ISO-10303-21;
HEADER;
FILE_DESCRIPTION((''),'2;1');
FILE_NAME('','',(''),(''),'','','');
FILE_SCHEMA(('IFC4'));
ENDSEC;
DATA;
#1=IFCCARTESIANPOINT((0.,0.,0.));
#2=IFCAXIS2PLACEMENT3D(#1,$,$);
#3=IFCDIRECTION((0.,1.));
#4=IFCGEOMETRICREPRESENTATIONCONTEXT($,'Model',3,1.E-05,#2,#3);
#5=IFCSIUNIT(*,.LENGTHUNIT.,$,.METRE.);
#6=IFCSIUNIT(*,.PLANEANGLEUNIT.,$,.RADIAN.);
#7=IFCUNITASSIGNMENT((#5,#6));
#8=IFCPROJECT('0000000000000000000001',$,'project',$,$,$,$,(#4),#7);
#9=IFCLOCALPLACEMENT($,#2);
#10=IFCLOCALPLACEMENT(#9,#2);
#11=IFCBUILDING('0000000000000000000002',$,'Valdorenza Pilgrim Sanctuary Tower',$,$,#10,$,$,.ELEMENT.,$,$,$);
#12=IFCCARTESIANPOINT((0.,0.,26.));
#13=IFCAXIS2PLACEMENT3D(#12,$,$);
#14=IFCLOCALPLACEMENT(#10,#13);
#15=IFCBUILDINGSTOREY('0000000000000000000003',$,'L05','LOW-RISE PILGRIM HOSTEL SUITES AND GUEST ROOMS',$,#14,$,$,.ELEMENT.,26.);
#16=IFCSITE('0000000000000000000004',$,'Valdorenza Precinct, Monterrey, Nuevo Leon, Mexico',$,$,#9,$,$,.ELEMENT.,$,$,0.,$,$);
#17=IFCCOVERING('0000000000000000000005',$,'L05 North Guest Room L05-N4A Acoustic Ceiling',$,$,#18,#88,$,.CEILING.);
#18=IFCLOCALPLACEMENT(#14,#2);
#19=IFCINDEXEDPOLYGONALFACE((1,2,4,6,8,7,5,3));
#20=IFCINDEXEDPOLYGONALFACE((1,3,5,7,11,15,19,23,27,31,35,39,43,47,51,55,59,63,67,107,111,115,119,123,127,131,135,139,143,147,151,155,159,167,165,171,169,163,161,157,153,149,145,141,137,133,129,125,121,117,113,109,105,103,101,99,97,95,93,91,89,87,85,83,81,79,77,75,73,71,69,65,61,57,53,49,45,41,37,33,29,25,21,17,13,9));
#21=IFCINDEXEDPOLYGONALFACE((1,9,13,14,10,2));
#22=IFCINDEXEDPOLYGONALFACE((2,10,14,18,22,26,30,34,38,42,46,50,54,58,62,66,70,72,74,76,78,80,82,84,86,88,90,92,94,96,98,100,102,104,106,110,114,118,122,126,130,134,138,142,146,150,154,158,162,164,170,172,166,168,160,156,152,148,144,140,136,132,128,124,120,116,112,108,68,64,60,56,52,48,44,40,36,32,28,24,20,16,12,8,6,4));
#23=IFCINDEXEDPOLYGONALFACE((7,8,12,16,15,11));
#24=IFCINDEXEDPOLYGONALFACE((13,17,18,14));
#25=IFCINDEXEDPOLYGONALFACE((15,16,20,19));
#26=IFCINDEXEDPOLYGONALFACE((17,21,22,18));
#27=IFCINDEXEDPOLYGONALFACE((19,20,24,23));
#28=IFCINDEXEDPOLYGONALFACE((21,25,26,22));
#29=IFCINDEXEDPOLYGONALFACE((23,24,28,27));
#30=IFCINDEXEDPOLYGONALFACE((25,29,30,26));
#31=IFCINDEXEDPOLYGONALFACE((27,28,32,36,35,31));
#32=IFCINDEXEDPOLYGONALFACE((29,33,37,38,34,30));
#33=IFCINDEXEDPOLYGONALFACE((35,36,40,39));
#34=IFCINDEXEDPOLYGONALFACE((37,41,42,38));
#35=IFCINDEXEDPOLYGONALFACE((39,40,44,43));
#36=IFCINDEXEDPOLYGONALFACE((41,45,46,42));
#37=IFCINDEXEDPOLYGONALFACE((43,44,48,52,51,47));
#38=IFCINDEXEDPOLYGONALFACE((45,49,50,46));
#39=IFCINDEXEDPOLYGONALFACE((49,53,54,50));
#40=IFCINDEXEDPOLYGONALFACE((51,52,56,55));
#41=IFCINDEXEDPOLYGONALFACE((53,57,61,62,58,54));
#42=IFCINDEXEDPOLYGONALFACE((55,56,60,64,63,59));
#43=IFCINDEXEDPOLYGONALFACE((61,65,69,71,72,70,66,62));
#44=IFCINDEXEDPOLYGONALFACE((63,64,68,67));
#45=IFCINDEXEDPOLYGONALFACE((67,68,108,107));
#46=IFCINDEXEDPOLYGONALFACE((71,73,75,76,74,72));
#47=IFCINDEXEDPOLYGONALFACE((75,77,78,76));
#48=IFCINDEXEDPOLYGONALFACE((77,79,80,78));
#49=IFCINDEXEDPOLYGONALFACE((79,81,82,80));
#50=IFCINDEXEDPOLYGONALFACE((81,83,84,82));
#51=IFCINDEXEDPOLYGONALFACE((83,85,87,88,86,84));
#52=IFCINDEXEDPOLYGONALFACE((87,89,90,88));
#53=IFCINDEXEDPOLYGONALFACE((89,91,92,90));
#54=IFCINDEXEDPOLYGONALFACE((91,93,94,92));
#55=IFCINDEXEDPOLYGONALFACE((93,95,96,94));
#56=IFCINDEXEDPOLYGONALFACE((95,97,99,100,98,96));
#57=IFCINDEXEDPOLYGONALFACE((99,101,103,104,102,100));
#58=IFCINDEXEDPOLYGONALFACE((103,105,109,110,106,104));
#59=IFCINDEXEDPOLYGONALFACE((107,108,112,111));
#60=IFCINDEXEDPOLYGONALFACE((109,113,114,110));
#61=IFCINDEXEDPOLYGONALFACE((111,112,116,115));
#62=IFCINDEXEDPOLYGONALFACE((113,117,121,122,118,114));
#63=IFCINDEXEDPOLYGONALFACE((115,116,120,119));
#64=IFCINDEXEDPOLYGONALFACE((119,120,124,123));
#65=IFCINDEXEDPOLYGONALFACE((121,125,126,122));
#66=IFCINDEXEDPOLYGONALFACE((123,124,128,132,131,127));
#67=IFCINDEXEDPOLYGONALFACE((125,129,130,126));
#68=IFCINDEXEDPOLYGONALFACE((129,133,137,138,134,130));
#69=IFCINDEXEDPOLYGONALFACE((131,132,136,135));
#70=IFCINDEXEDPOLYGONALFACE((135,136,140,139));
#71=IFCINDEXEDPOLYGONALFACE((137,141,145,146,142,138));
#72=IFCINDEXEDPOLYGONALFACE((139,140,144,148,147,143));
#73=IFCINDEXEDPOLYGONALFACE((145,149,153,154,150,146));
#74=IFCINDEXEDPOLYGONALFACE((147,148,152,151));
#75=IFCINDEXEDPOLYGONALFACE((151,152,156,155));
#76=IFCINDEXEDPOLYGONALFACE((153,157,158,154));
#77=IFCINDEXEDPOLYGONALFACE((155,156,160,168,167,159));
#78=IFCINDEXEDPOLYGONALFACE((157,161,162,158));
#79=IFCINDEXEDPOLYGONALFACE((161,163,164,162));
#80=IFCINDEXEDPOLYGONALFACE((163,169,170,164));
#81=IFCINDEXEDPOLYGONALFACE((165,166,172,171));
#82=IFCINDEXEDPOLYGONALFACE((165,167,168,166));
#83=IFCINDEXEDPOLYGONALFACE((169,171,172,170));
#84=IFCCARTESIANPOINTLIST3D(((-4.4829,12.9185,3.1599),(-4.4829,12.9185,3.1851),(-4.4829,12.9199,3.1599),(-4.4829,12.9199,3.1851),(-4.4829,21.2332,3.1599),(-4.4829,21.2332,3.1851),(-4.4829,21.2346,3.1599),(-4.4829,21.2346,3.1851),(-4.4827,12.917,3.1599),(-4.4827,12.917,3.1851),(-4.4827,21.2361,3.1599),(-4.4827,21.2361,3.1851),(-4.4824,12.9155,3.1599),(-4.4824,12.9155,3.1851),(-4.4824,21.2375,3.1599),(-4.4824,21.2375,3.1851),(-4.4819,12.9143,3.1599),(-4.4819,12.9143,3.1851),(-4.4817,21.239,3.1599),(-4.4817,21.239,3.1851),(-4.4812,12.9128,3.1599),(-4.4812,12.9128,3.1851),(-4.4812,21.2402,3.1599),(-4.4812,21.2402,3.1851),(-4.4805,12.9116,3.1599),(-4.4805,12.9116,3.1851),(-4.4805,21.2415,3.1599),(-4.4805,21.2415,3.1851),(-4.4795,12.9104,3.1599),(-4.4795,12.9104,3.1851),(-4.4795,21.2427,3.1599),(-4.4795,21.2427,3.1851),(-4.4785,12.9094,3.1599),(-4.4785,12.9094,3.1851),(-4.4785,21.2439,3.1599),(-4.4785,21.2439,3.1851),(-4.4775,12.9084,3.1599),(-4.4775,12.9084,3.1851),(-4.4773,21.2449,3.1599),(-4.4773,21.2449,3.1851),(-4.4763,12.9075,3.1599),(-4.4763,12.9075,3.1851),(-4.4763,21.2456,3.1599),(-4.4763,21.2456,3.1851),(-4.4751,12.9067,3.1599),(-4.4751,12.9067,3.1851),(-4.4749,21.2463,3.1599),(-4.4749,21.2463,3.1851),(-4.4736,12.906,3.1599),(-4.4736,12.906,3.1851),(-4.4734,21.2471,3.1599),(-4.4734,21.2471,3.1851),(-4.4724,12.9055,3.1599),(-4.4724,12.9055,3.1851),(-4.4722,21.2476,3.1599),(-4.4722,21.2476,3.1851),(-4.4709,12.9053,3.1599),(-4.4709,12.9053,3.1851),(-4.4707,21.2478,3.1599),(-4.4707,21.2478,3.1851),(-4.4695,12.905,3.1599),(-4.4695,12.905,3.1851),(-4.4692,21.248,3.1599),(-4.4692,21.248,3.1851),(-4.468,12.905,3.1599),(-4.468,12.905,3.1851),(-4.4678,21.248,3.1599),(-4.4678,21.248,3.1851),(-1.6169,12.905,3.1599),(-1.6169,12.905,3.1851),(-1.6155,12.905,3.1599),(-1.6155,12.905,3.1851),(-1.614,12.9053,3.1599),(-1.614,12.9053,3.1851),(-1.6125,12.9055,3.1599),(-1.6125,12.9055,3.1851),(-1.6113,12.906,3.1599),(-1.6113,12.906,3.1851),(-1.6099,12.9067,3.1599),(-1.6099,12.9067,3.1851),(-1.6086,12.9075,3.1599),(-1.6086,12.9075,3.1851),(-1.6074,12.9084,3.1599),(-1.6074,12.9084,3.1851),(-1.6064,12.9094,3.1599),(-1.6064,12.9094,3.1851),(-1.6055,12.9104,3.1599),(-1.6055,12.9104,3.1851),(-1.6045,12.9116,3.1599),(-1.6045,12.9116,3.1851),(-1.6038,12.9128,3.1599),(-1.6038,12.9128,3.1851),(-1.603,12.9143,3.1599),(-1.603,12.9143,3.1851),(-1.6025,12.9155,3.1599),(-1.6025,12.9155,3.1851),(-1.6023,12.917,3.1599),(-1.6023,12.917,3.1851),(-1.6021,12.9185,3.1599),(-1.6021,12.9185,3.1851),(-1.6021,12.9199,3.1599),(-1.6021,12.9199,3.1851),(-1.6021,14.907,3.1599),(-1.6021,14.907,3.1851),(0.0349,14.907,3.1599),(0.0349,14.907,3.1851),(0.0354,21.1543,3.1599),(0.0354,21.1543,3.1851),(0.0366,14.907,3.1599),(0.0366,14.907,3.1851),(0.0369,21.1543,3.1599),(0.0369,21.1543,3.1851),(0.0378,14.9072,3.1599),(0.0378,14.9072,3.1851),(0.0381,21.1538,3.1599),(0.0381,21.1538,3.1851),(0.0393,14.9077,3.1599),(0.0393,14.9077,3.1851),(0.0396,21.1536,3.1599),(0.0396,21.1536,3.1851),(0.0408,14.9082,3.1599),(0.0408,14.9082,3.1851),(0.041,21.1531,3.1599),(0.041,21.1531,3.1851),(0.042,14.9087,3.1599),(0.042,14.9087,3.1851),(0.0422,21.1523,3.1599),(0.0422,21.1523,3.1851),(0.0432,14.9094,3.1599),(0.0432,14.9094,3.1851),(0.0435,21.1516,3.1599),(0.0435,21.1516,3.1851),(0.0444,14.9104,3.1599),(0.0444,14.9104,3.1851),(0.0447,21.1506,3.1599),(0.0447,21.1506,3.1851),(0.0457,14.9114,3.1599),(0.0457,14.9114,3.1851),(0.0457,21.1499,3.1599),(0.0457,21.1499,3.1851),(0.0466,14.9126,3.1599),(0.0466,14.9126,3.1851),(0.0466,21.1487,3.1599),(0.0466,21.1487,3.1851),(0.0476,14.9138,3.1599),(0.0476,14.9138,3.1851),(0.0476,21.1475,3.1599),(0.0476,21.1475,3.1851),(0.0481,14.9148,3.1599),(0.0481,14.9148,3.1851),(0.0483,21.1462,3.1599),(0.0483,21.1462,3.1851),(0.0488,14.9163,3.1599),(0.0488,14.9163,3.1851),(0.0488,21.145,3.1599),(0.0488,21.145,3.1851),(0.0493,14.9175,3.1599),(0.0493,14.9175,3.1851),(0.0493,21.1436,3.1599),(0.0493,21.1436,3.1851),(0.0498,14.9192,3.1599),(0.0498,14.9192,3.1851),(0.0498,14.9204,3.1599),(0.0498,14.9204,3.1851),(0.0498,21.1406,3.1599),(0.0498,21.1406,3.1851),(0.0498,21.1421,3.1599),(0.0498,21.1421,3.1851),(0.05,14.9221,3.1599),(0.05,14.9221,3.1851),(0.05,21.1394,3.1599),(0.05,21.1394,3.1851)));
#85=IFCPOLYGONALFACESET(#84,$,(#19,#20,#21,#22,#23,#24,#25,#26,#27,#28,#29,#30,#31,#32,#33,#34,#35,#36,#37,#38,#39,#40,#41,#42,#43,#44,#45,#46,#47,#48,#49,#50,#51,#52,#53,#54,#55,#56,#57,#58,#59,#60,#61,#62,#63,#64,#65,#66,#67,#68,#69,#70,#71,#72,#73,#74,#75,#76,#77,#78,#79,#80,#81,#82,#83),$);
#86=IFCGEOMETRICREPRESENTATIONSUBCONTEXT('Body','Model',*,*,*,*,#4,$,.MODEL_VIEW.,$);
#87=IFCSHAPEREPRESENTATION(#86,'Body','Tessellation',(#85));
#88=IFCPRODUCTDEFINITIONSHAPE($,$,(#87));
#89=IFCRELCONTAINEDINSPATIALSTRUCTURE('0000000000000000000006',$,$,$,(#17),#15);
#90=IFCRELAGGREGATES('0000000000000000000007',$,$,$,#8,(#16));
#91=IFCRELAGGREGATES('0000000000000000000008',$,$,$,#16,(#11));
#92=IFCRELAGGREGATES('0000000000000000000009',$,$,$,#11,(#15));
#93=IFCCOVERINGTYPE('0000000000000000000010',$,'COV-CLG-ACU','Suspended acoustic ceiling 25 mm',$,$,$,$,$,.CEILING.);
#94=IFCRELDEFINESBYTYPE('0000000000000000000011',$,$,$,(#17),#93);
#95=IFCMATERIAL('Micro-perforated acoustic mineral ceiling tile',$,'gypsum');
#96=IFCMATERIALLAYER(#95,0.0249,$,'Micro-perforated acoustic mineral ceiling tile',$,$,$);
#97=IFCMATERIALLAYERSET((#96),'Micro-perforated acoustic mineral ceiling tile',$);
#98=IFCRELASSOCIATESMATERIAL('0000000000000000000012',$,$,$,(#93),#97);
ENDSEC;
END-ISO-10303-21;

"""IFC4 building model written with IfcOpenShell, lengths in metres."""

from ifc_helpers import new_model, si_unit, direction, frame, origin, place, context, subcontext, project, spatial, polyline, outline, extrude, material, layer, layer_set, type_object, element, save


model = new_model("IFC4")

# Units and contexts
model_context = context("Model", 3, precision=1e-05, world=origin(), true_north=direction((0.0, 1.0)))
body_context = subcontext(model_context, "Body", "Model", "MODEL_VIEW")
ifc_project = project(units=[si_unit("LENGTHUNIT", "METRE"), si_unit("PLANEANGLEUNIT", "RADIAN")], contexts=[model_context])

# Site, building, storey
site_placement = place(None, origin())
site = spatial("IfcSite", under=ifc_project, at=site_placement, Name="Valdorenza Precinct, Monterrey, Nuevo Leon, Mexico", CompositionType="ELEMENT", RefElevation=0.0)
building_placement = place(site_placement, origin())
building = spatial("IfcBuilding", under=site, at=building_placement, Name="Valdorenza Pilgrim Sanctuary Tower", CompositionType="ELEMENT")
storey_placement = place(building_placement, frame((0.0, 0.0, 26.0)))
storey = spatial("IfcBuildingStorey", under=building, at=storey_placement, Name="L05", Description="LOW-RISE PILGRIM HOSTEL SUITES AND GUEST ROOMS", CompositionType="ELEMENT", Elevation=26.0)

# Covering
ifc_material_1 = material(Name="Micro-perforated acoustic mineral ceiling tile", Category="gypsum")
ifc_layer_1 = layer(ifc_material_1, 0.0249, Name="Micro-perforated acoustic mineral ceiling tile")
ifc_layer_set_1 = layer_set([ifc_layer_1], Name="Micro-perforated acoustic mineral ceiling tile")
covering_type_1 = type_object("IfcCoveringType", Name="COV-CLG-ACU", Description="Suspended acoustic ceiling 25 mm", PredefinedType="CEILING", material=ifc_layer_set_1)
covering_1_placement = place(storey_placement, frame((0.0, 0.0, 3.1599)))
element("IfcCovering", 1, at=covering_1_placement, inside=storey, type_object=covering_type_1, Name="L05 North Guest Room L05-N4A Acoustic Ceiling", PredefinedType="CEILING", context=body_context, shape_type="SweptSolid", body=[
    extrude(outline(polyline([(-1.6021, 14.907), (-1.6021, 12.9199), (-1.6021, 12.9185), (-1.6023, 12.917), (-1.6025, 12.9155), (-1.603, 12.9143), (-1.6038, 12.9128), (-1.6045, 12.9116), (-1.6055, 12.9104), (-1.6064, 12.9094), (-1.6074, 12.9084), (-1.6086, 12.9075), (-1.6099, 12.9067), (-1.6113, 12.906), (-1.6125, 12.9055), (-1.614, 12.9053), (-1.6155, 12.905), (-1.6169, 12.905), (-4.468, 12.905), (-4.4695, 12.905), (-4.4709, 12.9053), (-4.4724, 12.9055), (-4.4736, 12.906), (-4.4751, 12.9067), (-4.4763, 12.9075), (-4.4775, 12.9084), (-4.4785, 12.9094), (-4.4795, 12.9104), (-4.4805, 12.9116), (-4.4812, 12.9128), (-4.4819, 12.9143), (-4.4824, 12.9155), (-4.4827, 12.917), (-4.4829, 12.9185), (-4.4829, 12.9199), (-4.4829, 21.2332), (-4.4829, 21.2346), (-4.4827, 21.2361), (-4.4824, 21.2375), (-4.4817, 21.239), (-4.4812, 21.2402), (-4.4805, 21.2415), (-4.4795, 21.2427), (-4.4785, 21.2439), (-4.4773, 21.2449), (-4.4763, 21.2456), (-4.4749, 21.2463), (-4.4734, 21.2471), (-4.4722, 21.2476), (-4.4707, 21.2478), (-4.4692, 21.248), (-4.4678, 21.248), (0.0354, 21.1543), (0.0369, 21.1543), (0.0381, 21.1538), (0.0396, 21.1536), (0.041, 21.1531), (0.0422, 21.1523), (0.0435, 21.1516), (0.0447, 21.1506), (0.0457, 21.1499), (0.0466, 21.1487), (0.0476, 21.1475), (0.0483, 21.1462), (0.0488, 21.145), (0.0493, 21.1436), (0.0498, 21.1421), (0.0498, 21.1406), (0.05, 21.1394), (0.05, 14.9221), (0.0498, 14.9204), (0.0498, 14.9192), (0.0493, 14.9175), (0.0488, 14.9163), (0.0481, 14.9148), (0.0476, 14.9138), (0.0466, 14.9126), (0.0457, 14.9114), (0.0444, 14.9104), (0.0432, 14.9094), (0.042, 14.9087), (0.0408, 14.9082), (0.0393, 14.9077), (0.0378, 14.9072), (0.0366, 14.907), (0.0349, 14.907), (-1.6021, 14.907)])), origin(), (0.0, 0.0, 1.0), 0.0251),
])

save(model, "model.ifc")
